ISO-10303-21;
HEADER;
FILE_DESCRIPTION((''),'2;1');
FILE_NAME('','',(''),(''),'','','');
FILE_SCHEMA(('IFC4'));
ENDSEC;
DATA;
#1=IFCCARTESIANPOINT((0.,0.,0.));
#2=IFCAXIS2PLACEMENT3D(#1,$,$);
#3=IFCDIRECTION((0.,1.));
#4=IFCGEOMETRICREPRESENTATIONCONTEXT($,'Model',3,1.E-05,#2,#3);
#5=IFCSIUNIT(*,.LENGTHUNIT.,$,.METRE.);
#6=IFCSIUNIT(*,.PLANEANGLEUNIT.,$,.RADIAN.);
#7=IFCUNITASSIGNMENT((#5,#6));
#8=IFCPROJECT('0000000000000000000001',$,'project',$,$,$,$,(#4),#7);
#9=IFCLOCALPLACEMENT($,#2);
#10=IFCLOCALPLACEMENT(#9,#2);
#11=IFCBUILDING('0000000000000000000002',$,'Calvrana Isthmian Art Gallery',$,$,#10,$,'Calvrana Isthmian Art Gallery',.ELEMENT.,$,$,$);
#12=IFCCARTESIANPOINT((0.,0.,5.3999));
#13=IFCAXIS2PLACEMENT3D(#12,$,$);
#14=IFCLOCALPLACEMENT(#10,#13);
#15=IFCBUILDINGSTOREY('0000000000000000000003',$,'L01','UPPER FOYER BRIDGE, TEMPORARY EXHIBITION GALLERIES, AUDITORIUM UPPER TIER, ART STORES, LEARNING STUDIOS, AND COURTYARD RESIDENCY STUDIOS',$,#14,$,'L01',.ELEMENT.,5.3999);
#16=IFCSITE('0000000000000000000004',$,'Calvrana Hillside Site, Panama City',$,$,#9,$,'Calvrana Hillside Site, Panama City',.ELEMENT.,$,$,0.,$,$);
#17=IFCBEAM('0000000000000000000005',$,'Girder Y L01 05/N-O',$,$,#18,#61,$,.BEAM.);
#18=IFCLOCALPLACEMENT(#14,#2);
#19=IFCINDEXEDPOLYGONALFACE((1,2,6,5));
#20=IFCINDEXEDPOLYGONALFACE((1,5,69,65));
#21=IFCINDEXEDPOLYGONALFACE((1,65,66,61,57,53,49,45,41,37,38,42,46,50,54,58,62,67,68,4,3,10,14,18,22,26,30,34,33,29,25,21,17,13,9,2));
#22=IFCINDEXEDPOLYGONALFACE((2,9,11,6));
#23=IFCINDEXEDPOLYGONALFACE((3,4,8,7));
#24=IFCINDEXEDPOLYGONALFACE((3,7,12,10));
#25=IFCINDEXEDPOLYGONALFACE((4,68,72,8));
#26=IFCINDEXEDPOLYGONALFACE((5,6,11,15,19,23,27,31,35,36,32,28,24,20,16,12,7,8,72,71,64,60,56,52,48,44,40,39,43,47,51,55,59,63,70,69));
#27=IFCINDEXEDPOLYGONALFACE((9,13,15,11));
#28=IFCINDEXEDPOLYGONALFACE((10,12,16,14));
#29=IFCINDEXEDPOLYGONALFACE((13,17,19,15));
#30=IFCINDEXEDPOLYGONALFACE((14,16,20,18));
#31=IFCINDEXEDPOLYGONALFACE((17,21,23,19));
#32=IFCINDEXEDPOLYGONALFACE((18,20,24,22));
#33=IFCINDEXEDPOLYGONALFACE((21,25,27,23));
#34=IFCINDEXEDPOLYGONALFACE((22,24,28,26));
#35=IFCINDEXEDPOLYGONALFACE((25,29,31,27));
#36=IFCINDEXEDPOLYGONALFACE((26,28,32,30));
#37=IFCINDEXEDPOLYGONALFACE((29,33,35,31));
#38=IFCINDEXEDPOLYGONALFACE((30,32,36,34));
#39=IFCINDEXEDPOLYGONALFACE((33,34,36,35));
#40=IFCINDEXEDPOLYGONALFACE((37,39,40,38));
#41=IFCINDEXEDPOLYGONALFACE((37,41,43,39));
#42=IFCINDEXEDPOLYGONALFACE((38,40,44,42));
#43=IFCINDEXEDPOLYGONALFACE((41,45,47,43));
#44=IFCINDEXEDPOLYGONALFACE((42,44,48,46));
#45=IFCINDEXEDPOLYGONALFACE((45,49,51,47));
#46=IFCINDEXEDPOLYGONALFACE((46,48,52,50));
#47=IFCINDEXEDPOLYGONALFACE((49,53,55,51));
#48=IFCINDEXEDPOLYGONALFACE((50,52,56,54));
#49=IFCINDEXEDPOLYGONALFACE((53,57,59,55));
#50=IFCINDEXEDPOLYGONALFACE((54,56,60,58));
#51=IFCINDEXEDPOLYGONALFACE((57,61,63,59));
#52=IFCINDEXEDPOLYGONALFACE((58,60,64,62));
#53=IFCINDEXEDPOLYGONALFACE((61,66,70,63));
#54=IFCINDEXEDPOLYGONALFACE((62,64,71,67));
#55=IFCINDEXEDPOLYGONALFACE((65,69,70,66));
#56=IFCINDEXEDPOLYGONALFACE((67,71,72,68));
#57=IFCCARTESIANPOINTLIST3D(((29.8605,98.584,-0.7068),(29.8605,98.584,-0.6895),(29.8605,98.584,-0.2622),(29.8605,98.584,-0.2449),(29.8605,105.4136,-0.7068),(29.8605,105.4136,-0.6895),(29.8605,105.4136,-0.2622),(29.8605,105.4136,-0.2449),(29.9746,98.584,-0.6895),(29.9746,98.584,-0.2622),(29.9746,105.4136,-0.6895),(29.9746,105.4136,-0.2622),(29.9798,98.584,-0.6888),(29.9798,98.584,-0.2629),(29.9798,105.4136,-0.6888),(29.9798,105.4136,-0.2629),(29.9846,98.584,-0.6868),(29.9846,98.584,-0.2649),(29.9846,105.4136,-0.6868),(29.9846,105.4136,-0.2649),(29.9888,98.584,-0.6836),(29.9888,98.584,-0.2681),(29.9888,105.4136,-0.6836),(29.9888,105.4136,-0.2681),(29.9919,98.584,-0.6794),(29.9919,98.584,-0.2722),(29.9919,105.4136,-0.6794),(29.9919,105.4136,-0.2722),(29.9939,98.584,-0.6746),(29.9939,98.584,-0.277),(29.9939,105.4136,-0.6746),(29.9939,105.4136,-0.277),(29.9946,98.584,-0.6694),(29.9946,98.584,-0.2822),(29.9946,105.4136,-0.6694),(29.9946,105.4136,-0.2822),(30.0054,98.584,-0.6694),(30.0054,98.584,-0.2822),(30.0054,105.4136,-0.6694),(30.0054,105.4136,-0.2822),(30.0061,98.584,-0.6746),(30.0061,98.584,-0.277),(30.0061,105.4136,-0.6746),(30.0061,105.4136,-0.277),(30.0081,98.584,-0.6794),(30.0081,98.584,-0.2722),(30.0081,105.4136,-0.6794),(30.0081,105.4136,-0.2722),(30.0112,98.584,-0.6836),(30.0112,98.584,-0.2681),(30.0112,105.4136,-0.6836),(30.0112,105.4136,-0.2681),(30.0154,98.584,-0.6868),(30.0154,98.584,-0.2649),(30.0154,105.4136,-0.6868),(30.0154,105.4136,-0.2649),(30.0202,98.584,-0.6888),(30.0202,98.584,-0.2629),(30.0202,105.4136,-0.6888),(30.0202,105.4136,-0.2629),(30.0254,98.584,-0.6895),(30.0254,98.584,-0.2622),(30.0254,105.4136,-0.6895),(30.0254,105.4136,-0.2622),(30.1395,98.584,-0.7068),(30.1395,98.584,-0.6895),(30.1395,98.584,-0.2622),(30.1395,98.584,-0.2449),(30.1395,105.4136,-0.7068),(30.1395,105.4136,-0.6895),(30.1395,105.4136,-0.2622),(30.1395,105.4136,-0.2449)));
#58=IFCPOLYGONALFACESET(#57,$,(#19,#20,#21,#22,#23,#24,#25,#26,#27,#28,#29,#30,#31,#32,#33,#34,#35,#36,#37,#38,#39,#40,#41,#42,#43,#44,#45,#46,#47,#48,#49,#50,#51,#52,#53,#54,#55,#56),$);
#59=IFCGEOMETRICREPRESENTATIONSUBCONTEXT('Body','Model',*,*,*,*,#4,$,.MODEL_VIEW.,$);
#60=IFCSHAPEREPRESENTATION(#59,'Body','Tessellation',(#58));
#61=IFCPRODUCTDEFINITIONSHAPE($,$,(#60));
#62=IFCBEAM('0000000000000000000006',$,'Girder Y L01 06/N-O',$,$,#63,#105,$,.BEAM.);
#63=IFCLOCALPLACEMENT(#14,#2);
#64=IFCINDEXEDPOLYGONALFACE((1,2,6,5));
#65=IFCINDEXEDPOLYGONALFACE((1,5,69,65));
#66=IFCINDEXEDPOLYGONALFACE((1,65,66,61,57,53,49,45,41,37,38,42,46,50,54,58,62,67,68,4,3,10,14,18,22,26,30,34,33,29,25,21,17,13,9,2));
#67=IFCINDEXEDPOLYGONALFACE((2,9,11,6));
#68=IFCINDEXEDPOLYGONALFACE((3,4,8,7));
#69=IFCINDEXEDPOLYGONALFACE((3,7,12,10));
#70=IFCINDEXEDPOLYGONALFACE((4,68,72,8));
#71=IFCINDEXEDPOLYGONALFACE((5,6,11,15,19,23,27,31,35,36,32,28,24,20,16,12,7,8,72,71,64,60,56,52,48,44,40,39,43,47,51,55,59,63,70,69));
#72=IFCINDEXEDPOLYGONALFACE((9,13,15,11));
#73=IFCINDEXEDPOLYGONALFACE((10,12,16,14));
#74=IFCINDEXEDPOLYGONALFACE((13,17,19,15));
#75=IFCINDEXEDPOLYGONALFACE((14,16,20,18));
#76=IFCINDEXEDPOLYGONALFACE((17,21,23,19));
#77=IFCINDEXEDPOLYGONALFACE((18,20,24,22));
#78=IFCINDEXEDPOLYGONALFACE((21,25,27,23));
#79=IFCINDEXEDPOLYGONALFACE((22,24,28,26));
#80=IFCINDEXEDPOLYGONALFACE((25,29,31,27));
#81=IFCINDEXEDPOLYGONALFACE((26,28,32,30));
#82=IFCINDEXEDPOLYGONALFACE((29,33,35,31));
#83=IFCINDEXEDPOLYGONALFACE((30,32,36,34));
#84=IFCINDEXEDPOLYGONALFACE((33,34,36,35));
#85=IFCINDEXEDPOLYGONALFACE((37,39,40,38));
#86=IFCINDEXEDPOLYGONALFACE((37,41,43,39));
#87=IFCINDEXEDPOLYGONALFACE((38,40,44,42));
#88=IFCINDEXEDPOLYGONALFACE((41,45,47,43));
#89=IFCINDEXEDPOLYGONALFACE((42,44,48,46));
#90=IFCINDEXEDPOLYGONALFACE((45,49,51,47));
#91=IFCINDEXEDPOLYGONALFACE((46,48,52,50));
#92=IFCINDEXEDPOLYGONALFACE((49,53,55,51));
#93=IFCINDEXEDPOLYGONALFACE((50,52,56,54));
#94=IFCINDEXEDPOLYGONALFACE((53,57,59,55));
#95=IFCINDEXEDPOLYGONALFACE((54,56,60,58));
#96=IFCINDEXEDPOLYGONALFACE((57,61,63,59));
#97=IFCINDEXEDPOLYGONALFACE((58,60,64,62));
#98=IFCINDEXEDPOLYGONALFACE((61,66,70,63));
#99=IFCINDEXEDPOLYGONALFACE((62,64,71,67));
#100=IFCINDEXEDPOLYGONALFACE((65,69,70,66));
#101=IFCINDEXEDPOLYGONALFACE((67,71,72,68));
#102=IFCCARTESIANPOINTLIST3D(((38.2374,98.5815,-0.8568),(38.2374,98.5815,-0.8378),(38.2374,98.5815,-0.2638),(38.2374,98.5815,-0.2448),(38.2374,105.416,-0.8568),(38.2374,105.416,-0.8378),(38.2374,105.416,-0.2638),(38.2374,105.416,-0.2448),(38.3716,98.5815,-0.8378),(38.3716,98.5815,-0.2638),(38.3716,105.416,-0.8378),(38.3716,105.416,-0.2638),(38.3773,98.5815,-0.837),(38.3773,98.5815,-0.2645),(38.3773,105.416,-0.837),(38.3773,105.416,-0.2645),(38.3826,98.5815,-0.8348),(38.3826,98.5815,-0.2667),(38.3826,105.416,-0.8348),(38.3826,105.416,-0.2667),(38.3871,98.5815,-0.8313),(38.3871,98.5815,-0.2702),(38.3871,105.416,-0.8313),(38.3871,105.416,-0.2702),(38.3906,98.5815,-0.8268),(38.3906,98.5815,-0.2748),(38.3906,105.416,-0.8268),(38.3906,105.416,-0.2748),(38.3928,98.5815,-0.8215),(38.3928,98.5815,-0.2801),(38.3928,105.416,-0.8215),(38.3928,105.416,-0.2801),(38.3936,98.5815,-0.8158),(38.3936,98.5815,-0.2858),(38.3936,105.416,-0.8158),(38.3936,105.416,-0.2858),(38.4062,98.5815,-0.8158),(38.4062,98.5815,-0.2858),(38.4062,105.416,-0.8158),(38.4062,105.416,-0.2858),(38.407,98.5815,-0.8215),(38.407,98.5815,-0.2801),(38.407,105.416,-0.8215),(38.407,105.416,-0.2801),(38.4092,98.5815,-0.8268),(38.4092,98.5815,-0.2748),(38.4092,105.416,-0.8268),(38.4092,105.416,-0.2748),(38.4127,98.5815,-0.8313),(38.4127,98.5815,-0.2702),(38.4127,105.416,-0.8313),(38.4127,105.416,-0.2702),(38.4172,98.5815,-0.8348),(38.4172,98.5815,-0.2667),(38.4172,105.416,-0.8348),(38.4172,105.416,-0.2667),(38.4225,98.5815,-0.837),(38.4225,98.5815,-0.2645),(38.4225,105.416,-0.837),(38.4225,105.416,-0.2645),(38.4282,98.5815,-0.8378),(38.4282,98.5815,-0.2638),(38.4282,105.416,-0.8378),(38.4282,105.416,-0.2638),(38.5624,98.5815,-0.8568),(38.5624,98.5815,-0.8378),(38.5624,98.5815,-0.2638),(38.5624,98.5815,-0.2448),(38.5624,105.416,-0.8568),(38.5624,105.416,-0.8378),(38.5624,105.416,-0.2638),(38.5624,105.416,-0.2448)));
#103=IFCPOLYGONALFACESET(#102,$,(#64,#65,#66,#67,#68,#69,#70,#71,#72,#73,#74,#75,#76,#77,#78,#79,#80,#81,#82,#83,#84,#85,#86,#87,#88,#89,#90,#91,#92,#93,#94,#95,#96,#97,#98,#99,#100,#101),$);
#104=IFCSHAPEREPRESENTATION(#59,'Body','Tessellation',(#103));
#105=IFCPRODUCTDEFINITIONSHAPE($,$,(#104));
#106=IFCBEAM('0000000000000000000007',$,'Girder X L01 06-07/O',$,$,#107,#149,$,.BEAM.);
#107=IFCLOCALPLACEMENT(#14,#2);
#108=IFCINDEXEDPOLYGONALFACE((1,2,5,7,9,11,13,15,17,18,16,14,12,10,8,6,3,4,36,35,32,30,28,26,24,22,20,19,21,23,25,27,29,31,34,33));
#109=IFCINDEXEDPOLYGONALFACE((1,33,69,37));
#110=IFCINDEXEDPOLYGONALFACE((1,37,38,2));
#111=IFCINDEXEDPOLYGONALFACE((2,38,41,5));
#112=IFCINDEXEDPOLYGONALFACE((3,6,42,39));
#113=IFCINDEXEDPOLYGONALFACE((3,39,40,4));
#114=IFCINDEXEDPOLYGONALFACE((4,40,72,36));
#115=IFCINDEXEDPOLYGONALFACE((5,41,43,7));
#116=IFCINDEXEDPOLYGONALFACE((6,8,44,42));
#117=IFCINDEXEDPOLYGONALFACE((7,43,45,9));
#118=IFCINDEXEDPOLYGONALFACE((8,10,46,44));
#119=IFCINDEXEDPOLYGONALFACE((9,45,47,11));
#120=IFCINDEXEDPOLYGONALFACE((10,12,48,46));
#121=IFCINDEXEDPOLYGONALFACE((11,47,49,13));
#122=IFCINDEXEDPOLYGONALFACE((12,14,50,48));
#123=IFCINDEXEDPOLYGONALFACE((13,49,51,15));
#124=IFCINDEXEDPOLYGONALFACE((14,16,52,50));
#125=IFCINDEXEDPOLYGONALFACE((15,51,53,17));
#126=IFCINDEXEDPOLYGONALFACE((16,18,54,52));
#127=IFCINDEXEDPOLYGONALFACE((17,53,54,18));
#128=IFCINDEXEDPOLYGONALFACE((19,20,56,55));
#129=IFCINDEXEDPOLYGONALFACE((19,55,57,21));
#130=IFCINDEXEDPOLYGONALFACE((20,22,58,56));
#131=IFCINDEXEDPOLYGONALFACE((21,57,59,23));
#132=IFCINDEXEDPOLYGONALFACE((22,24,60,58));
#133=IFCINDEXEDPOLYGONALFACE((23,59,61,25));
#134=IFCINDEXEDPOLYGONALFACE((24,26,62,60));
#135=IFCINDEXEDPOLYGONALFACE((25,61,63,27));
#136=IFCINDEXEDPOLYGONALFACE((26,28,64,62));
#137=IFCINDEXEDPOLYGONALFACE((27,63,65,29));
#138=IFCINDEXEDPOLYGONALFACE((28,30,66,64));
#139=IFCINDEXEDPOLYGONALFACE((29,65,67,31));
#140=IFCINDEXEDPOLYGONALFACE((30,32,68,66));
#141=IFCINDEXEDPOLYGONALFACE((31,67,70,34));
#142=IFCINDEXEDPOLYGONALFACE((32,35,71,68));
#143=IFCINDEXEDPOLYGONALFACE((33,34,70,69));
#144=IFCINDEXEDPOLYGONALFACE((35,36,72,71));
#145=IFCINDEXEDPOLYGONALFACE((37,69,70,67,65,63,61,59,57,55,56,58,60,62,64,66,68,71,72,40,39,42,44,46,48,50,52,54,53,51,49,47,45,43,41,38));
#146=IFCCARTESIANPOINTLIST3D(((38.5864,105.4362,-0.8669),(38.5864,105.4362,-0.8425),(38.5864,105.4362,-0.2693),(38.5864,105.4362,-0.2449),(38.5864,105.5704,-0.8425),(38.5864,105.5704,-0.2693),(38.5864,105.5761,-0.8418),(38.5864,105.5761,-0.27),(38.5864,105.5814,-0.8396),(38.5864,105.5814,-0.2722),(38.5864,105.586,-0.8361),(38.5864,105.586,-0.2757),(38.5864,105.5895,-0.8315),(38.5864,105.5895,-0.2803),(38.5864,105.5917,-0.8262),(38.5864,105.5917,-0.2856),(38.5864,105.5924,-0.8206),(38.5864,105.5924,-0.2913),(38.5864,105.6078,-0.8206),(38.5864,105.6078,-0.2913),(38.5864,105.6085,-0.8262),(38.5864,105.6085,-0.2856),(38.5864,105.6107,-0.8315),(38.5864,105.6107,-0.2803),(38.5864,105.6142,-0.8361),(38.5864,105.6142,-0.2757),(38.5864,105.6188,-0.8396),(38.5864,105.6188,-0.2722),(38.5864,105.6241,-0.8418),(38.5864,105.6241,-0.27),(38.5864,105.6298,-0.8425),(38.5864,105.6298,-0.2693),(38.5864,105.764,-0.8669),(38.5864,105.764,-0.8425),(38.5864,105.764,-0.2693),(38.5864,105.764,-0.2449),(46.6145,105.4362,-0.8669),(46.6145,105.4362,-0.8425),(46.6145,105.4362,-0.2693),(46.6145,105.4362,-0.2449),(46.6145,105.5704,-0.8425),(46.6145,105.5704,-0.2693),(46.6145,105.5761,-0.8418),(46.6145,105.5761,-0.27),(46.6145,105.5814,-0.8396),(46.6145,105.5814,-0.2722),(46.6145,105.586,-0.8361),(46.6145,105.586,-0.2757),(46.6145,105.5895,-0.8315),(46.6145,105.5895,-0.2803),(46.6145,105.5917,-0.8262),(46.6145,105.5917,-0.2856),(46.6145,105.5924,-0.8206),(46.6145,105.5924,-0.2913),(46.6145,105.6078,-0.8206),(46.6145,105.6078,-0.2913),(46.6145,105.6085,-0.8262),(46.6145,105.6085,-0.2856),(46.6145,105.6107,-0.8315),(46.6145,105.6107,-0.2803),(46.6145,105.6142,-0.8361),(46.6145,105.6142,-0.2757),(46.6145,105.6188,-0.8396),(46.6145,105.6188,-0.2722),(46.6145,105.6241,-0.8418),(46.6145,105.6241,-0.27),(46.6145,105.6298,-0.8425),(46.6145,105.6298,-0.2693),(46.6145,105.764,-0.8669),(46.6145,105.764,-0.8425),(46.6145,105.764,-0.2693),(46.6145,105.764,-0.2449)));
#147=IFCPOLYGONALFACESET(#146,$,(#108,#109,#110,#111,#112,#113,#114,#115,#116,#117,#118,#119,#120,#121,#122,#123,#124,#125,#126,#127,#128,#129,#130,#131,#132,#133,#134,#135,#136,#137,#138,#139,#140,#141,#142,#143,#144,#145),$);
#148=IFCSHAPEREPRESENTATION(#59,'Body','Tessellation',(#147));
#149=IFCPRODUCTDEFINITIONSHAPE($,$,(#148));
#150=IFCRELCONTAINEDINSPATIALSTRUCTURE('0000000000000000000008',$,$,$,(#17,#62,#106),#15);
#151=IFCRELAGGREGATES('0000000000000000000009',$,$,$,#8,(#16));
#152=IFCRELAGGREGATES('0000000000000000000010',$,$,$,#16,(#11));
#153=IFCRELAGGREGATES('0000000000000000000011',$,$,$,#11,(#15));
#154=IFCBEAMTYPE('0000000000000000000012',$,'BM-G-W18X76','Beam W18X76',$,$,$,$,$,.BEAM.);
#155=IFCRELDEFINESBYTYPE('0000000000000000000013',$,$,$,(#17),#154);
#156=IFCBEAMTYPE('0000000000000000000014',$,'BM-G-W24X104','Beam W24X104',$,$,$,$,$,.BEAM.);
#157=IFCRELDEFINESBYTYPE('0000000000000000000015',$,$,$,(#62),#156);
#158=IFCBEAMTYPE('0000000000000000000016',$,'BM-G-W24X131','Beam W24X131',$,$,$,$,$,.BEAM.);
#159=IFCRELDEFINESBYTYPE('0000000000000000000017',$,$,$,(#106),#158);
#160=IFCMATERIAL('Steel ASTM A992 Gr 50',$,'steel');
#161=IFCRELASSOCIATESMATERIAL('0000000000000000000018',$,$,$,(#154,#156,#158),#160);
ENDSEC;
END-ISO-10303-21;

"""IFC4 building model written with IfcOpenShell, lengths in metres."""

from ifc_helpers import new_model, si_unit, direction, frame, origin, origin_2d, place, context, subcontext, project, spatial, i_section, extrude, material, material_profile, profile_set, type_object, element, save


model = new_model("IFC4")

# Units and contexts
model_context = context("Model", 3, precision=1e-05, world=origin(), true_north=direction((0.0, 1.0)))
body_context = subcontext(model_context, "Body", "Model", "MODEL_VIEW")
ifc_project = project(units=[si_unit("LENGTHUNIT", "METRE"), si_unit("PLANEANGLEUNIT", "RADIAN")], contexts=[model_context])

# Site, building, storey
site_placement = place(None, origin())
site = spatial("IfcSite", under=ifc_project, at=site_placement, Name="Calvrana Hillside Site, Panama City", LongName="Calvrana Hillside Site, Panama City", CompositionType="ELEMENT", RefElevation=0.0)
building_placement = place(site_placement, origin())
building = spatial("IfcBuilding", under=site, at=building_placement, Name="Calvrana Isthmian Art Gallery", LongName="Calvrana Isthmian Art Gallery", CompositionType="ELEMENT")
storey_placement = place(building_placement, frame((0.0, 0.0, 5.3999)))
storey = spatial("IfcBuildingStorey", under=building, at=storey_placement, Name="L01", Description="UPPER FOYER BRIDGE, TEMPORARY EXHIBITION GALLERIES, AUDITORIUM UPPER TIER, ART STORES, LEARNING STUDIOS, AND COURTYARD RESIDENCY STUDIOS", LongName="L01", CompositionType="ELEMENT", Elevation=5.3999)

# Shared definitions
ifc_material_1 = material(Name="Steel ASTM A992 Gr 50", Category="steel")

# Beams
ifc_material_profile_1 = material_profile(ifc_material_1, i_section(OverallWidth=0.2791, OverallDepth=0.4619, WebThickness=0.0107, FlangeThickness=0.0173, FilletRadius=0.02, at=origin_2d()), Name="W18X76")
ifc_profile_set_1 = profile_set([ifc_material_profile_1], Name="Steel ASTM A992 Gr 50")
beam_type_1 = type_object("IfcBeamType", Name="BM-G-W18X76", Description="Beam W18X76", PredefinedType="BEAM", material=ifc_profile_set_1)
beam_1_placement = place(storey_placement, frame((30.0, 98.584, -0.4758), z_axis=(0.0, 1.0, 0.0), x_axis=(-1.0, 0.0, 0.0)))
element("IfcBeam", 1, at=beam_1_placement, inside=storey, type_object=beam_type_1, Name="Girder Y L01 05/N-O", PredefinedType="BEAM", context=body_context, shape_type="SweptSolid", body=[
    extrude(i_section(OverallWidth=0.2791, OverallDepth=0.4619, WebThickness=0.0107, FlangeThickness=0.0173, FilletRadius=0.02, at=origin_2d()), origin(), (0.0, 0.0, 1.0), 6.8296),
])
ifc_material_profile_2 = material_profile(ifc_material_1, i_section(OverallWidth=0.325, OverallDepth=0.6121, WebThickness=0.0127, FlangeThickness=0.019, FilletRadius=0.022, at=origin_2d()), Name="W24X104")
ifc_profile_set_2 = profile_set([ifc_material_profile_2], Name="Steel ASTM A992 Gr 50")
beam_type_2 = type_object("IfcBeamType", Name="BM-G-W24X104", Description="Beam W24X104", PredefinedType="BEAM", material=ifc_profile_set_2)
beam_2_placement = place(storey_placement, frame((38.3999, 98.5815, -0.5508), z_axis=(0.0, 1.0, 0.0), x_axis=(-1.0, 0.0, 0.0)))
element("IfcBeam", 2, at=beam_2_placement, inside=storey, type_object=beam_type_2, Name="Girder Y L01 06/N-O", PredefinedType="BEAM", context=body_context, shape_type="SweptSolid", body=[
    extrude(i_section(OverallWidth=0.325, OverallDepth=0.6121, WebThickness=0.0127, FlangeThickness=0.019, FilletRadius=0.022, at=origin_2d()), origin(), (0.0, 0.0, 1.0), 6.8345),
])
ifc_material_profile_3 = material_profile(ifc_material_1, i_section(OverallWidth=0.3279, OverallDepth=0.6221, WebThickness=0.0154, FlangeThickness=0.0244, FilletRadius=0.022, at=origin_2d()), Name="W24X131")
ifc_profile_set_3 = profile_set([ifc_material_profile_3], Name="Steel ASTM A992 Gr 50")
beam_type_3 = type_object("IfcBeamType", Name="BM-G-W24X131", Description="Beam W24X131", PredefinedType="BEAM", material=ifc_profile_set_3)
beam_3_placement = place(storey_placement, frame((38.5864, 105.6001, -0.5559), z_axis=(1.0, 0.0, 0.0), x_axis=(0.0, 1.0, 0.0)))
element("IfcBeam", 3, at=beam_3_placement, inside=storey, type_object=beam_type_3, Name="Girder X L01 06-07/O", PredefinedType="BEAM", context=body_context, shape_type="SweptSolid", body=[
    extrude(i_section(OverallWidth=0.3279, OverallDepth=0.6221, WebThickness=0.0154, FlangeThickness=0.0244, FilletRadius=0.022, at=origin_2d()), origin(), (0.0, 0.0, 1.0), 8.0281),
])

save(model, "model.ifc")
